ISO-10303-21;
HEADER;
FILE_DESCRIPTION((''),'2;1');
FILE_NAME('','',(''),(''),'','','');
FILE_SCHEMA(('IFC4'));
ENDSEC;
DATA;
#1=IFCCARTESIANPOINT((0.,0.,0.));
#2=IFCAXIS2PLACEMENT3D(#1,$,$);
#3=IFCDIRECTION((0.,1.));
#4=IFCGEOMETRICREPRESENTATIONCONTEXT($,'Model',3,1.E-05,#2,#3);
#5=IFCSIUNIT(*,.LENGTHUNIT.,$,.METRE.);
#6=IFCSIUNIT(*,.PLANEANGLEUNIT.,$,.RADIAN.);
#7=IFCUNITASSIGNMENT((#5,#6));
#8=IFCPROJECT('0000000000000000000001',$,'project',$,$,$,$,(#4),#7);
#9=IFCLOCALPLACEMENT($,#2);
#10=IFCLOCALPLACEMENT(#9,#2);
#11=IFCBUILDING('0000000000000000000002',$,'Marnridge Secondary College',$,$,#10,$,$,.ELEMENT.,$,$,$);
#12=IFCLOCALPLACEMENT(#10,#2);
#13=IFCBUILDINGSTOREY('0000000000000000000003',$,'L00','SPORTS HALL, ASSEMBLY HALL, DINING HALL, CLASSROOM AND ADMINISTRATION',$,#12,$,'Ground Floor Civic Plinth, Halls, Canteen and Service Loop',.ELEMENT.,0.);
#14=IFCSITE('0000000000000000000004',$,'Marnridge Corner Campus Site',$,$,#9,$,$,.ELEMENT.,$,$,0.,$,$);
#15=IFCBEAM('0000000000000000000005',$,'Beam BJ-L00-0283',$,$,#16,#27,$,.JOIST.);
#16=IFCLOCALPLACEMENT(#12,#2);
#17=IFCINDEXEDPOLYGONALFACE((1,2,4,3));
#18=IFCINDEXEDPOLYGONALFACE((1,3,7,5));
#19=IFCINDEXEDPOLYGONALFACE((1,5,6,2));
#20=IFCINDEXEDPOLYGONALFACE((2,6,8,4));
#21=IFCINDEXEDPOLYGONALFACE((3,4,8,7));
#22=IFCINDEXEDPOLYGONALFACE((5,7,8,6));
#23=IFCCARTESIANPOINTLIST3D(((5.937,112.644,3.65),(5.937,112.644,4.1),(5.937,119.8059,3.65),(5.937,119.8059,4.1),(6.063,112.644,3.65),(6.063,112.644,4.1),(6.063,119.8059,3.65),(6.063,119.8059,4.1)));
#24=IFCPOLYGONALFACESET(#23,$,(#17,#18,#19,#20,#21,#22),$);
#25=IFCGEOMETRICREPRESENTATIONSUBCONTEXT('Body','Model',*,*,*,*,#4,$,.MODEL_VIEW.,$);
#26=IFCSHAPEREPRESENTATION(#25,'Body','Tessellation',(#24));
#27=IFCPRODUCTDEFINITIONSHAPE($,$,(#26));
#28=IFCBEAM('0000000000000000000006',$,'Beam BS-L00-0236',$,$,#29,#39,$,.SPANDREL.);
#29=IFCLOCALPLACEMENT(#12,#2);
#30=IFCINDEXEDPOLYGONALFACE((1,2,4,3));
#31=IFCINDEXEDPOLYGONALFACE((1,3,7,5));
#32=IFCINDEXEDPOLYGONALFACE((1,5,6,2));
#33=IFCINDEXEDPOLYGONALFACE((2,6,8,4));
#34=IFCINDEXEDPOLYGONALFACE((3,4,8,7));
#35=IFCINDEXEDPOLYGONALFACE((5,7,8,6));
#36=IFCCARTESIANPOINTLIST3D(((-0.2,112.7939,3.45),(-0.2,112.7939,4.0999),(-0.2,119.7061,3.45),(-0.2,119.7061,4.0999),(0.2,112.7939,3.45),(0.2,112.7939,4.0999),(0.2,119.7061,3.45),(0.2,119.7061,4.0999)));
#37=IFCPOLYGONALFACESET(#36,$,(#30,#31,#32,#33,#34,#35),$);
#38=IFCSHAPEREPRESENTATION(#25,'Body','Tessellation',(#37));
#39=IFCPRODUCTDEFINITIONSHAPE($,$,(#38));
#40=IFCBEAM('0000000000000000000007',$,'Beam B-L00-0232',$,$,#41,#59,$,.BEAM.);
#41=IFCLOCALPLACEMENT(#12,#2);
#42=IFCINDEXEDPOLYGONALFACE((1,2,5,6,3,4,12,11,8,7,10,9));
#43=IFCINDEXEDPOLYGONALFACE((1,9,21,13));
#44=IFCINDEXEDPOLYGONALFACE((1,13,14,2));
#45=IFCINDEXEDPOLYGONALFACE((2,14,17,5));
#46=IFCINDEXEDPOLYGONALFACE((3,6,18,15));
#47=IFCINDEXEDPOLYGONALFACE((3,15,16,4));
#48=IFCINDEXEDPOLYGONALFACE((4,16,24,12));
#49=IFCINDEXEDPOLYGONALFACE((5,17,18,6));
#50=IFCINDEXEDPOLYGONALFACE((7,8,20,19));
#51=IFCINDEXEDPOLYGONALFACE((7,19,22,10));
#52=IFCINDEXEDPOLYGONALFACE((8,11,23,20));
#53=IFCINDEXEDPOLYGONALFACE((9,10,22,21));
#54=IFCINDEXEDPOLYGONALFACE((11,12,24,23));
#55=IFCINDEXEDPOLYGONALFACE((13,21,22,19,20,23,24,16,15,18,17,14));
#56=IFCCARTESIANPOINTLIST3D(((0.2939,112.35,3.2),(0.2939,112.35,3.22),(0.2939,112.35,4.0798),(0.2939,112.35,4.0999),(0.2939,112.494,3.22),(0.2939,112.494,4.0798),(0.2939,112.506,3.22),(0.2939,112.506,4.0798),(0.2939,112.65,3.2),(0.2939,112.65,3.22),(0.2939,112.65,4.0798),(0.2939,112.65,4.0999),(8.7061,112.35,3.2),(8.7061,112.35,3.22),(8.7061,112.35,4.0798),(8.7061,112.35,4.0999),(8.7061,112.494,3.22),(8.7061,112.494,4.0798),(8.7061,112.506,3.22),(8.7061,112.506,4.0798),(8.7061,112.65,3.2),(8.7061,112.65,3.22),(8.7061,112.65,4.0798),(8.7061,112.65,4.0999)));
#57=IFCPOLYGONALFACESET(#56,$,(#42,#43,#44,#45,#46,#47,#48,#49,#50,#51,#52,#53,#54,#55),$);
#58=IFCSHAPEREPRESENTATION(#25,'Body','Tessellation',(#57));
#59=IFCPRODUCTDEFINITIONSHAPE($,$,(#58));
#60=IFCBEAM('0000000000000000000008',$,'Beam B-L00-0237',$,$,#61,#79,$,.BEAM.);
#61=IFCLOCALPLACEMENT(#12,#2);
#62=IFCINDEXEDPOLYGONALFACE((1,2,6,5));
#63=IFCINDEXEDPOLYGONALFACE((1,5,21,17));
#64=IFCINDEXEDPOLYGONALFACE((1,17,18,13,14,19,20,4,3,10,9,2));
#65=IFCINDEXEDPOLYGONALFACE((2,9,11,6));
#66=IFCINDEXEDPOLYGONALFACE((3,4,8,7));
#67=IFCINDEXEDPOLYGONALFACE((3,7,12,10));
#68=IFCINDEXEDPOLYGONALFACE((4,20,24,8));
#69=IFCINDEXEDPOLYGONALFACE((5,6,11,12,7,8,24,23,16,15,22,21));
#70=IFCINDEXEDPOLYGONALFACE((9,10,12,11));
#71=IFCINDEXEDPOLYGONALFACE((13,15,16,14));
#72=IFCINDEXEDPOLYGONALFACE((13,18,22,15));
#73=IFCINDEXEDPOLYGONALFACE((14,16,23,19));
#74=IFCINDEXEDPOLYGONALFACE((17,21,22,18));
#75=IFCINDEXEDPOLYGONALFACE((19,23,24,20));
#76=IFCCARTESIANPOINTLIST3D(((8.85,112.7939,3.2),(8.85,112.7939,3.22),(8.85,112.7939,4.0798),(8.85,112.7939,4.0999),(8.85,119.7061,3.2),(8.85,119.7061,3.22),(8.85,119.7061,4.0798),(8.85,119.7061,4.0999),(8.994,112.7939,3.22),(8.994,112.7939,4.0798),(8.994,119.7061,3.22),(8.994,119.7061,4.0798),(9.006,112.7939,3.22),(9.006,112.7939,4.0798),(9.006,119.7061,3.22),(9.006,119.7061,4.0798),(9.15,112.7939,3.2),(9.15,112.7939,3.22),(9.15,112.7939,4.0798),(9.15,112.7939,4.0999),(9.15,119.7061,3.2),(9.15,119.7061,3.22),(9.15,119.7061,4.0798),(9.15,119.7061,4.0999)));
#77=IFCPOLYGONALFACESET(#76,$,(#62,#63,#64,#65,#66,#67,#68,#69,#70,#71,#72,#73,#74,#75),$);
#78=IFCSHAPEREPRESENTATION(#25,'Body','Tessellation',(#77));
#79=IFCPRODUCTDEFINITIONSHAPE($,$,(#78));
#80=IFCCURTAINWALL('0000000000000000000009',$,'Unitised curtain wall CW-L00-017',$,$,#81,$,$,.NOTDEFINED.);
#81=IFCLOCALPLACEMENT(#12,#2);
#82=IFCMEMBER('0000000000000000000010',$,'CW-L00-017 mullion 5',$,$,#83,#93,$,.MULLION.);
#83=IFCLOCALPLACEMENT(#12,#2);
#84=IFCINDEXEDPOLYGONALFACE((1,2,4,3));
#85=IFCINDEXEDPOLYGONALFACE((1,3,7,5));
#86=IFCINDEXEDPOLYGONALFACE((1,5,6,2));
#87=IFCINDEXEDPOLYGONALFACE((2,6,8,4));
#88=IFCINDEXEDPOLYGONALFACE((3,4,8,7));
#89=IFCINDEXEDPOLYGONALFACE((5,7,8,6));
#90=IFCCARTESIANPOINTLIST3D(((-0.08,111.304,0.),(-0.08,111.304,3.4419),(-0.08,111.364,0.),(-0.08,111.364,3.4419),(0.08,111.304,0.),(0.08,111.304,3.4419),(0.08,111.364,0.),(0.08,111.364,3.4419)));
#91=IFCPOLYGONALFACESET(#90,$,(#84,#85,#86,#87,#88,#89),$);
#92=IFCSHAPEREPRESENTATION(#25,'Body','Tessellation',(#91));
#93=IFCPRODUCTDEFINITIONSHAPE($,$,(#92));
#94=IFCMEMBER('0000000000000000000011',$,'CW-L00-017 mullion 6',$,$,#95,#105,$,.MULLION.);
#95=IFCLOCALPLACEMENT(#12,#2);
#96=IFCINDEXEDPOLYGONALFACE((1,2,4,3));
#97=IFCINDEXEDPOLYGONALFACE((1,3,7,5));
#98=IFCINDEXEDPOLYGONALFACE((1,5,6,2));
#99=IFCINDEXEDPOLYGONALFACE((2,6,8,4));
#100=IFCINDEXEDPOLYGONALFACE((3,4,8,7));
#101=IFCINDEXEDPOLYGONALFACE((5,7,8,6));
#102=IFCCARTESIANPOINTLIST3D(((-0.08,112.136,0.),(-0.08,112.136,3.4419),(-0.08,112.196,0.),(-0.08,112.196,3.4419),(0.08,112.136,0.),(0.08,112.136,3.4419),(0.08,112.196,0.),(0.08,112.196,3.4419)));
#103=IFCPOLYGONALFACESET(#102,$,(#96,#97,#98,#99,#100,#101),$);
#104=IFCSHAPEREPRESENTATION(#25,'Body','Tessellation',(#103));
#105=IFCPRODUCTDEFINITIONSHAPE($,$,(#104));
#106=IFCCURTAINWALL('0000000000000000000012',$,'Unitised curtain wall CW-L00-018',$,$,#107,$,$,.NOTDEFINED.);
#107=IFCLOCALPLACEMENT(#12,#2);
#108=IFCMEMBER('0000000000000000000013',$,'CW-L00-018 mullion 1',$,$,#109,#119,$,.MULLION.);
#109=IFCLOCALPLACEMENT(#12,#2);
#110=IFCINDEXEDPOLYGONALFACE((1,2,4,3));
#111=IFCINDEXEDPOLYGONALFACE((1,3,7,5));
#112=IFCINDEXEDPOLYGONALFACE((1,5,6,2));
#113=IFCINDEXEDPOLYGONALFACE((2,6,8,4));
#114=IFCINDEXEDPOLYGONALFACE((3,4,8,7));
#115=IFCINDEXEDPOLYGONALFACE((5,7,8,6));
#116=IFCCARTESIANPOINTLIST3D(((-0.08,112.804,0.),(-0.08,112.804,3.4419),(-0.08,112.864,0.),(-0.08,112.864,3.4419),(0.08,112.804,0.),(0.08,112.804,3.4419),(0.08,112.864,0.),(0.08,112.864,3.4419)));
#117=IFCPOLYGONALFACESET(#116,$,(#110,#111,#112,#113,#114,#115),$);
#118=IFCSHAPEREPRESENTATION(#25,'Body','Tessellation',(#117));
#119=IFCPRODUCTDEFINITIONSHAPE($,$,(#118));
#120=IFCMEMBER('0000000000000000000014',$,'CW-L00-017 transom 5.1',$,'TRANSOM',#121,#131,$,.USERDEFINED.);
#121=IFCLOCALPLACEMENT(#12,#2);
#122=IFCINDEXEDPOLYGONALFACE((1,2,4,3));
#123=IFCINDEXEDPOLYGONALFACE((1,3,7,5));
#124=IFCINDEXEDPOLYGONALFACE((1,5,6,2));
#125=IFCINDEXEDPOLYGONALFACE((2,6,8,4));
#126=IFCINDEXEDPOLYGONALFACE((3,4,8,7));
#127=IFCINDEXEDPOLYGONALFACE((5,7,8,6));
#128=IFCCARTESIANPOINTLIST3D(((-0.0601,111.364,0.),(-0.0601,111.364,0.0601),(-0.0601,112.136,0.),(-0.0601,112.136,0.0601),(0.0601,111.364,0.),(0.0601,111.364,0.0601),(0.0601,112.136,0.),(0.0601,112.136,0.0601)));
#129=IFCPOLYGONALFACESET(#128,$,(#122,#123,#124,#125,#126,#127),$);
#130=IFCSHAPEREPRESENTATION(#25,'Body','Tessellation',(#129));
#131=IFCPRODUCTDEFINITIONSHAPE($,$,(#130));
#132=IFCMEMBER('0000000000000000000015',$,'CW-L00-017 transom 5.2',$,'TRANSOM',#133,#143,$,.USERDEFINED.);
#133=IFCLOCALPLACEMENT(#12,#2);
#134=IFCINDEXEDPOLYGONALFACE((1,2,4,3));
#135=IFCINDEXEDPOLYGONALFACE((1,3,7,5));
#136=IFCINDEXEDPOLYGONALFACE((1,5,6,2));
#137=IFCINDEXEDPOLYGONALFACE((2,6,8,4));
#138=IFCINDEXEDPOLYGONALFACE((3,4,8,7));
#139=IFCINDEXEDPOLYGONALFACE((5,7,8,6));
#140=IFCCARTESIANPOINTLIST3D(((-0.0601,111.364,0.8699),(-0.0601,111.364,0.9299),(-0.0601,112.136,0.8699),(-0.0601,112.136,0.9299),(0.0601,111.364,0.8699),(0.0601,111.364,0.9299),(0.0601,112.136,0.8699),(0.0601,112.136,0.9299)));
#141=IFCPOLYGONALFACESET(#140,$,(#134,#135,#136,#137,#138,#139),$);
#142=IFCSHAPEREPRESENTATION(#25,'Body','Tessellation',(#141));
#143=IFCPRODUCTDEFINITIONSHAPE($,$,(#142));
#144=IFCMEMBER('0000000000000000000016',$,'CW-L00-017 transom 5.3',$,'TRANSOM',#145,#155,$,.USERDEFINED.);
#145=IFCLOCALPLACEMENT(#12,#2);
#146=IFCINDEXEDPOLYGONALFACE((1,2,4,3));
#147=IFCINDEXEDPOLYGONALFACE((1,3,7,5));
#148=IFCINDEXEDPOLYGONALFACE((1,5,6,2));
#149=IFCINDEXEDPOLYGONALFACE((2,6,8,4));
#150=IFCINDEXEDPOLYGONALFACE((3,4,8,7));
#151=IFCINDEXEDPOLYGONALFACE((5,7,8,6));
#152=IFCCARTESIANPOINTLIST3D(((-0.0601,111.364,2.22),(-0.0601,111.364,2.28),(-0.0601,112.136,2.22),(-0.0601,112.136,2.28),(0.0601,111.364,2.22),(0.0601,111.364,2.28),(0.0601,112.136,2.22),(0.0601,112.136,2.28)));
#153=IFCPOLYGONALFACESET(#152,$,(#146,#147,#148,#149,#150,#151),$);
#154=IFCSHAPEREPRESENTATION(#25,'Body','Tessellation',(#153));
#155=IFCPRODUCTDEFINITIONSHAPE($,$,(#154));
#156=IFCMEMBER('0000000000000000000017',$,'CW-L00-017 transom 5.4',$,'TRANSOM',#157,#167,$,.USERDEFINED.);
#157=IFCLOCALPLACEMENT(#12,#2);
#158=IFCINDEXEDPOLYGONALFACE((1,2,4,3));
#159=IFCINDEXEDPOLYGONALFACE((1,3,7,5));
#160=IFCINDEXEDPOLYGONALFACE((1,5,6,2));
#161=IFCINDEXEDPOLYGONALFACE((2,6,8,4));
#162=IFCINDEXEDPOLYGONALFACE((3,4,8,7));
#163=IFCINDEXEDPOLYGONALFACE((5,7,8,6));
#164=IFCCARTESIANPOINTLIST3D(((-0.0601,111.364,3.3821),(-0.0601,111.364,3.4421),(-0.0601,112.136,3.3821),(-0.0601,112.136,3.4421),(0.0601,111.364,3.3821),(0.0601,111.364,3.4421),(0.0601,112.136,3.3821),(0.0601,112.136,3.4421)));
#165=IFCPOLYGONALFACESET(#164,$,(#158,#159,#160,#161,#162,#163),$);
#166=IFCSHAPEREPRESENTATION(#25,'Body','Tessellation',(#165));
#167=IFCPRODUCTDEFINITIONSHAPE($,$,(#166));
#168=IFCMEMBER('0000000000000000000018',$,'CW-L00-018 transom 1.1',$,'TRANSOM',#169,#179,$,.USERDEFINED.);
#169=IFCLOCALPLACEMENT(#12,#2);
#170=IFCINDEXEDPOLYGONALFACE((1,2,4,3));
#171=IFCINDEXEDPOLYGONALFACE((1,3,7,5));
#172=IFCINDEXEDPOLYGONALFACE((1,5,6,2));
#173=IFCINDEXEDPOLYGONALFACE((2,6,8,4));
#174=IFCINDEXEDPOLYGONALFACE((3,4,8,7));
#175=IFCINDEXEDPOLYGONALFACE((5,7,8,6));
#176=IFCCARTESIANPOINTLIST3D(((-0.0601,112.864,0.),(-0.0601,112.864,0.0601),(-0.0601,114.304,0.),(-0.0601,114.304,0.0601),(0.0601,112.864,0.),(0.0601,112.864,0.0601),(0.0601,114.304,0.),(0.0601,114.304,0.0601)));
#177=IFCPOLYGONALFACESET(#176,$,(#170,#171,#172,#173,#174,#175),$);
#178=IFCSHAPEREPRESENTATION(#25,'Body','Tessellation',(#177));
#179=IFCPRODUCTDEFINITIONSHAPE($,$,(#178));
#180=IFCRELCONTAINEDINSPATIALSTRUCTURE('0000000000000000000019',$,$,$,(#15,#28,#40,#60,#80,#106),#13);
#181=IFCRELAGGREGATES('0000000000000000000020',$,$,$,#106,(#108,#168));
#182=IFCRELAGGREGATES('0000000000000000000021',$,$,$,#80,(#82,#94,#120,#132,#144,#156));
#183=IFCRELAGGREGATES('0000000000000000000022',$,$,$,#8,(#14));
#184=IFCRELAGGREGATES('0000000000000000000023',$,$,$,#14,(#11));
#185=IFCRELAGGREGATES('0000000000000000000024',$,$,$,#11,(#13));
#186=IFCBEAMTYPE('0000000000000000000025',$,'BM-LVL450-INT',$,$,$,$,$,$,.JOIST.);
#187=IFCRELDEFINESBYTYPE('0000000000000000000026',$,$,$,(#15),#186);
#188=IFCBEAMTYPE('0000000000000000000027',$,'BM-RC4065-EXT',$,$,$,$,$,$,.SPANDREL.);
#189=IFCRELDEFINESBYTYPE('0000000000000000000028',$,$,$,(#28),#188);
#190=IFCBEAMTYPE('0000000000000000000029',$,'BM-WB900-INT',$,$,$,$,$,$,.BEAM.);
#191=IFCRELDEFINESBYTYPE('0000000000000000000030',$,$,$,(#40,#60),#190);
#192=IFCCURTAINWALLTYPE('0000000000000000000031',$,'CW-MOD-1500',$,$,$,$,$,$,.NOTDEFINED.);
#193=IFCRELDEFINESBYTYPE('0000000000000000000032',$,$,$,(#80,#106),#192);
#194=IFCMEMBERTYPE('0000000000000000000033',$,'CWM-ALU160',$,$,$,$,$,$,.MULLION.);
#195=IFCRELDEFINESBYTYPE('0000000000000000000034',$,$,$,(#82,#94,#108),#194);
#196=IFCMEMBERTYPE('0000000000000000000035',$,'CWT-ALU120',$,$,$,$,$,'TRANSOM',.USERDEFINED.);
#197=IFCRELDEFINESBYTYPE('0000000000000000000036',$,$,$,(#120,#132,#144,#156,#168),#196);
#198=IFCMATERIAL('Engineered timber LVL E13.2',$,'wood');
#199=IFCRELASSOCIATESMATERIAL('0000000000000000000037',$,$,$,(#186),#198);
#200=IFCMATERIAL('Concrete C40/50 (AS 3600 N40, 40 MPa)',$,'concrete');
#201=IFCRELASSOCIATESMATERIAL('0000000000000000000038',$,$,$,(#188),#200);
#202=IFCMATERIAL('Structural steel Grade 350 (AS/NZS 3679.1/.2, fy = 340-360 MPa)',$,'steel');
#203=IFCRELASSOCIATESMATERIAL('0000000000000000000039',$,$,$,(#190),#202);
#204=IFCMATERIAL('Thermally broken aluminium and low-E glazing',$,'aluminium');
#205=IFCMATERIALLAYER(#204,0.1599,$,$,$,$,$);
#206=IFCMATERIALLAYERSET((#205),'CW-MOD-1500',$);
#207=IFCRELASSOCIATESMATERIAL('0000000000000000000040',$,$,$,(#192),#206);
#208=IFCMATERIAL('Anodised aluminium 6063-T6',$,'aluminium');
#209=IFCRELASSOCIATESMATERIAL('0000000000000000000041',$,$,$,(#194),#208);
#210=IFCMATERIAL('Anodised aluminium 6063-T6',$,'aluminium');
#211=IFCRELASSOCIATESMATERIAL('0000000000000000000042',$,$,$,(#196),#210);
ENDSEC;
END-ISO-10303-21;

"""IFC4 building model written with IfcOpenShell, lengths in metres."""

from ifc_helpers import new_model, si_unit, direction, frame, origin, origin_2d, place, context, subcontext, project, spatial, rectangle, i_section, extrude, material, layer, layer_set, material_profile, profile_set, type_object, element, aggregate, save


model = new_model("IFC4")

# Units and contexts
model_context = context("Model", 3, precision=1e-05, world=origin(), true_north=direction((0.0, 1.0)))
body_context = subcontext(model_context, "Body", "Model", "MODEL_VIEW")
ifc_project = project(units=[si_unit("LENGTHUNIT", "METRE"), si_unit("PLANEANGLEUNIT", "RADIAN")], contexts=[model_context])

# Site, building, storey
site_placement = place(None, origin())
site = spatial("IfcSite", under=ifc_project, at=site_placement, Name="Marnridge Corner Campus Site", CompositionType="ELEMENT", RefElevation=0.0)
building_placement = place(site_placement, origin())
building = spatial("IfcBuilding", under=site, at=building_placement, Name="Marnridge Secondary College", CompositionType="ELEMENT")
storey_placement = place(building_placement, origin())
storey = spatial("IfcBuildingStorey", under=building, at=storey_placement, Name="L00", Description="SPORTS HALL, ASSEMBLY HALL, DINING HALL, CLASSROOM AND ADMINISTRATION", LongName="Ground Floor Civic Plinth, Halls, Canteen and Service Loop", CompositionType="ELEMENT", Elevation=0.0)

# Beams
ifc_material_1 = material(Name="Engineered timber LVL E13.2", Category="wood")
ifc_material_profile_1 = material_profile(ifc_material_1, rectangle(XDim=0.126, YDim=0.45, at=origin_2d()), Name="LVL 126x450")
ifc_profile_set_1 = profile_set([ifc_material_profile_1], Name="Engineered timber LVL E13.2")
beam_type_1 = type_object("IfcBeamType", Name="BM-LVL450-INT", PredefinedType="JOIST", material=ifc_profile_set_1)
for number, where, z_axis, x_axis, name in (
    (1, (6.0, 112.644, 3.875), (0.0, 1.0, 0.0), (-1.0, 0.0, 0.0), "Beam BJ-L00-0283"),
):
    element("IfcBeam", number, at=place(storey_placement, frame(where, z_axis=z_axis, x_axis=x_axis)), inside=storey, type_object=beam_type_1, Name=name, PredefinedType="JOIST", context=body_context, shape_type="SweptSolid", body=[
        extrude(rectangle(XDim=0.126, YDim=0.45, at=origin_2d()), origin(), (0.0, 0.0, 1.0), 7.1619),
    ])
ifc_material_2 = material(Name="Concrete C40/50 (AS 3600 N40, 40 MPa)", Category="concrete")
ifc_material_profile_2 = material_profile(ifc_material_2, rectangle(XDim=0.3999, YDim=0.6499, at=origin_2d()), Name="RC 400x650")
ifc_profile_set_2 = profile_set([ifc_material_profile_2], Name="Concrete C40/50 (AS 3600 N40, 40 MPa)")
beam_type_2 = type_object("IfcBeamType", Name="BM-RC4065-EXT", PredefinedType="SPANDREL", material=ifc_profile_set_2)
beam_1_placement = place(storey_placement, frame((0.0, 112.7939, 3.7749), z_axis=(0.0, 1.0, 0.0), x_axis=(-1.0, 0.0, 0.0)))
element("IfcBeam", 2, at=beam_1_placement, inside=storey, type_object=beam_type_2, Name="Beam BS-L00-0236", PredefinedType="SPANDREL", context=body_context, shape_type="SweptSolid", body=[
    extrude(rectangle(XDim=0.3999, YDim=0.6499, at=origin_2d()), origin(), (0.0, 0.0, 1.0), 6.9121),
])
ifc_material_3 = material(Name="Structural steel Grade 350 (AS/NZS 3679.1/.2, fy = 340-360 MPa)", Category="steel")
ifc_material_profile_3 = material_profile(ifc_material_3, i_section(OverallWidth=0.3, OverallDepth=0.8999, WebThickness=0.012, FlangeThickness=0.02, at=origin_2d()), Name="900WB175")
ifc_profile_set_3 = profile_set([ifc_material_profile_3], Name="Structural steel Grade 350 (AS/NZS 3679.1/.2, fy = 340-360 MPa)")
beam_type_3 = type_object("IfcBeamType", Name="BM-WB900-INT", PredefinedType="BEAM", material=ifc_profile_set_3)
beam_2_placement = place(storey_placement, frame((0.2939, 112.5, 3.6499), z_axis=(1.0, 0.0, 0.0), x_axis=(0.0, 1.0, 0.0)))
element("IfcBeam", 3, at=beam_2_placement, inside=storey, type_object=beam_type_3, Name="Beam B-L00-0232", PredefinedType="BEAM", context=body_context, shape_type="SweptSolid", body=[
    extrude(i_section(OverallWidth=0.3, OverallDepth=0.8999, WebThickness=0.012, FlangeThickness=0.02, at=origin_2d()), origin(), (0.0, 0.0, 1.0), 8.4121),
])
beam_3_placement = place(storey_placement, frame((9.0, 112.7939, 3.6499), z_axis=(0.0, 1.0, 0.0), x_axis=(-1.0, 0.0, 0.0)))
element("IfcBeam", 4, at=beam_3_placement, inside=storey, type_object=beam_type_3, Name="Beam B-L00-0237", PredefinedType="BEAM", context=body_context, shape_type="SweptSolid", body=[
    extrude(i_section(OverallWidth=0.3, OverallDepth=0.8999, WebThickness=0.012, FlangeThickness=0.02, at=origin_2d()), origin(), (0.0, 0.0, 1.0), 6.9121),
])

# Curtain wall, members
ifc_material_4 = material(Name="Thermally broken aluminium and low-E glazing", Category="aluminium")
ifc_layer_1 = layer(ifc_material_4, 0.1599)
ifc_layer_set_1 = layer_set([ifc_layer_1], Name="CW-MOD-1500")
curtain_wall_type = type_object("IfcCurtainWallType", Name="CW-MOD-1500", PredefinedType="NOTDEFINED", material=ifc_layer_set_1)
curtain_wall_1_placement = place(storey_placement, origin())
curtain_wall_1 = element("IfcCurtainWall", 5, at=curtain_wall_1_placement, inside=storey, type_object=curtain_wall_type, Name="Unitised curtain wall CW-L00-017", PredefinedType="NOTDEFINED")
ifc_material_5 = material(Name="Anodised aluminium 6063-T6", Category="aluminium")
ifc_material_profile_4 = material_profile(ifc_material_5, rectangle(XDim=0.0601, YDim=0.1599, at=origin_2d()), Name="ALU 60x160")
ifc_profile_set_4 = profile_set([ifc_material_profile_4], Name="Anodised aluminium 6063-T6")
member_type_1 = type_object("IfcMemberType", Name="CWM-ALU160", PredefinedType="MULLION", material=ifc_profile_set_4)
member_1_placement = place(storey_placement, frame((0.0, 111.334, 0.0), z_axis=(0.0, 0.0, 1.0), x_axis=(0.0, 1.0, 0.0)))
member_1 = element("IfcMember", 6, at=member_1_placement, type_object=member_type_1, Name="CW-L00-017 mullion 5", PredefinedType="MULLION", context=body_context, shape_type="SweptSolid", body=[
    extrude(rectangle(XDim=0.0601, YDim=0.1599, at=origin_2d()), origin(), (0.0, 0.0, 1.0), 3.4419),
])
member_2_placement = place(storey_placement, frame((0.0, 112.166, 0.0), z_axis=(0.0, 0.0, 1.0), x_axis=(0.0, 1.0, 0.0)))
member_2 = element("IfcMember", 7, at=member_2_placement, type_object=member_type_1, Name="CW-L00-017 mullion 6", PredefinedType="MULLION", context=body_context, shape_type="SweptSolid", body=[
    extrude(rectangle(XDim=0.0601, YDim=0.1599, at=origin_2d()), origin(), (0.0, 0.0, 1.0), 3.4419),
])

# Curtain wall, member
curtain_wall_2_placement = place(storey_placement, origin())
curtain_wall_2 = element("IfcCurtainWall", 8, at=curtain_wall_2_placement, inside=storey, type_object=curtain_wall_type, Name="Unitised curtain wall CW-L00-018", PredefinedType="NOTDEFINED")
member_3_placement = place(storey_placement, frame((0.0, 112.834, 0.0), z_axis=(0.0, 0.0, 1.0), x_axis=(0.0, 1.0, 0.0)))
member_3 = element("IfcMember", 9, at=member_3_placement, type_object=member_type_1, Name="CW-L00-018 mullion 1", PredefinedType="MULLION", context=body_context, shape_type="SweptSolid", body=[
    extrude(rectangle(XDim=0.0601, YDim=0.1599, at=origin_2d()), origin(), (0.0, 0.0, 1.0), 3.4419),
])

# Members
ifc_material_6 = material(Name="Anodised aluminium 6063-T6", Category="aluminium")
ifc_material_profile_5 = material_profile(ifc_material_6, rectangle(XDim=0.0601, YDim=0.1201, at=origin_2d()), Name="ALU 60x120")
ifc_profile_set_5 = profile_set([ifc_material_profile_5], Name="Anodised aluminium 6063-T6")
member_type_2 = type_object("IfcMemberType", Name="CWT-ALU120", ElementType="TRANSOM", PredefinedType="USERDEFINED", material=ifc_profile_set_5)
member_4_placement = place(storey_placement, frame((0.0, 111.364, 0.03), z_axis=(0.0, 1.0, 0.0), x_axis=(0.0, 0.0, 1.0)))
member_4 = element("IfcMember", 10, at=member_4_placement, type_object=member_type_2, Name="CW-L00-017 transom 5.1", ObjectType="TRANSOM", PredefinedType="USERDEFINED", context=body_context, shape_type="SweptSolid", body=[
    extrude(rectangle(XDim=0.0601, YDim=0.1201, at=origin_2d()), origin(), (0.0, 0.0, 1.0), 0.772),
])
member_5_placement = place(storey_placement, frame((0.0, 111.364, 0.8999), z_axis=(0.0, 1.0, 0.0), x_axis=(0.0, 0.0, 1.0)))
member_5 = element("IfcMember", 11, at=member_5_placement, type_object=member_type_2, Name="CW-L00-017 transom 5.2", ObjectType="TRANSOM", PredefinedType="USERDEFINED", context=body_context, shape_type="SweptSolid", body=[
    extrude(rectangle(XDim=0.0601, YDim=0.1201, at=origin_2d()), origin(), (0.0, 0.0, 1.0), 0.772),
])
member_6_placement = place(storey_placement, frame((0.0, 111.364, 2.25), z_axis=(0.0, 1.0, 0.0), x_axis=(0.0, 0.0, 1.0)))
member_6 = element("IfcMember", 12, at=member_6_placement, type_object=member_type_2, Name="CW-L00-017 transom 5.3", ObjectType="TRANSOM", PredefinedType="USERDEFINED", context=body_context, shape_type="SweptSolid", body=[
    extrude(rectangle(XDim=0.0601, YDim=0.1201, at=origin_2d()), origin(), (0.0, 0.0, 1.0), 0.772),
])
member_7_placement = place(storey_placement, frame((0.0, 111.364, 3.4121), z_axis=(0.0, 1.0, 0.0), x_axis=(0.0, 0.0, 1.0)))
member_7 = element("IfcMember", 13, at=member_7_placement, type_object=member_type_2, Name="CW-L00-017 transom 5.4", ObjectType="TRANSOM", PredefinedType="USERDEFINED", context=body_context, shape_type="SweptSolid", body=[
    extrude(rectangle(XDim=0.0601, YDim=0.1201, at=origin_2d()), origin(), (0.0, 0.0, 1.0), 0.772),
])
member_8_placement = place(storey_placement, frame((0.0, 112.864, 0.03), z_axis=(0.0, 1.0, 0.0), x_axis=(0.0, 0.0, 1.0)))
member_8 = element("IfcMember", 14, at=member_8_placement, type_object=member_type_2, Name="CW-L00-018 transom 1.1", ObjectType="TRANSOM", PredefinedType="USERDEFINED", context=body_context, shape_type="SweptSolid", body=[
    extrude(rectangle(XDim=0.0601, YDim=0.1201, at=origin_2d()), origin(), (0.0, 0.0, 1.0), 1.4399),
])
aggregate(curtain_wall_2, [member_3, member_8])

aggregate(curtain_wall_1, [member_1, member_2, member_4, member_5, member_6, member_7])

save(model, "model.ifc")
